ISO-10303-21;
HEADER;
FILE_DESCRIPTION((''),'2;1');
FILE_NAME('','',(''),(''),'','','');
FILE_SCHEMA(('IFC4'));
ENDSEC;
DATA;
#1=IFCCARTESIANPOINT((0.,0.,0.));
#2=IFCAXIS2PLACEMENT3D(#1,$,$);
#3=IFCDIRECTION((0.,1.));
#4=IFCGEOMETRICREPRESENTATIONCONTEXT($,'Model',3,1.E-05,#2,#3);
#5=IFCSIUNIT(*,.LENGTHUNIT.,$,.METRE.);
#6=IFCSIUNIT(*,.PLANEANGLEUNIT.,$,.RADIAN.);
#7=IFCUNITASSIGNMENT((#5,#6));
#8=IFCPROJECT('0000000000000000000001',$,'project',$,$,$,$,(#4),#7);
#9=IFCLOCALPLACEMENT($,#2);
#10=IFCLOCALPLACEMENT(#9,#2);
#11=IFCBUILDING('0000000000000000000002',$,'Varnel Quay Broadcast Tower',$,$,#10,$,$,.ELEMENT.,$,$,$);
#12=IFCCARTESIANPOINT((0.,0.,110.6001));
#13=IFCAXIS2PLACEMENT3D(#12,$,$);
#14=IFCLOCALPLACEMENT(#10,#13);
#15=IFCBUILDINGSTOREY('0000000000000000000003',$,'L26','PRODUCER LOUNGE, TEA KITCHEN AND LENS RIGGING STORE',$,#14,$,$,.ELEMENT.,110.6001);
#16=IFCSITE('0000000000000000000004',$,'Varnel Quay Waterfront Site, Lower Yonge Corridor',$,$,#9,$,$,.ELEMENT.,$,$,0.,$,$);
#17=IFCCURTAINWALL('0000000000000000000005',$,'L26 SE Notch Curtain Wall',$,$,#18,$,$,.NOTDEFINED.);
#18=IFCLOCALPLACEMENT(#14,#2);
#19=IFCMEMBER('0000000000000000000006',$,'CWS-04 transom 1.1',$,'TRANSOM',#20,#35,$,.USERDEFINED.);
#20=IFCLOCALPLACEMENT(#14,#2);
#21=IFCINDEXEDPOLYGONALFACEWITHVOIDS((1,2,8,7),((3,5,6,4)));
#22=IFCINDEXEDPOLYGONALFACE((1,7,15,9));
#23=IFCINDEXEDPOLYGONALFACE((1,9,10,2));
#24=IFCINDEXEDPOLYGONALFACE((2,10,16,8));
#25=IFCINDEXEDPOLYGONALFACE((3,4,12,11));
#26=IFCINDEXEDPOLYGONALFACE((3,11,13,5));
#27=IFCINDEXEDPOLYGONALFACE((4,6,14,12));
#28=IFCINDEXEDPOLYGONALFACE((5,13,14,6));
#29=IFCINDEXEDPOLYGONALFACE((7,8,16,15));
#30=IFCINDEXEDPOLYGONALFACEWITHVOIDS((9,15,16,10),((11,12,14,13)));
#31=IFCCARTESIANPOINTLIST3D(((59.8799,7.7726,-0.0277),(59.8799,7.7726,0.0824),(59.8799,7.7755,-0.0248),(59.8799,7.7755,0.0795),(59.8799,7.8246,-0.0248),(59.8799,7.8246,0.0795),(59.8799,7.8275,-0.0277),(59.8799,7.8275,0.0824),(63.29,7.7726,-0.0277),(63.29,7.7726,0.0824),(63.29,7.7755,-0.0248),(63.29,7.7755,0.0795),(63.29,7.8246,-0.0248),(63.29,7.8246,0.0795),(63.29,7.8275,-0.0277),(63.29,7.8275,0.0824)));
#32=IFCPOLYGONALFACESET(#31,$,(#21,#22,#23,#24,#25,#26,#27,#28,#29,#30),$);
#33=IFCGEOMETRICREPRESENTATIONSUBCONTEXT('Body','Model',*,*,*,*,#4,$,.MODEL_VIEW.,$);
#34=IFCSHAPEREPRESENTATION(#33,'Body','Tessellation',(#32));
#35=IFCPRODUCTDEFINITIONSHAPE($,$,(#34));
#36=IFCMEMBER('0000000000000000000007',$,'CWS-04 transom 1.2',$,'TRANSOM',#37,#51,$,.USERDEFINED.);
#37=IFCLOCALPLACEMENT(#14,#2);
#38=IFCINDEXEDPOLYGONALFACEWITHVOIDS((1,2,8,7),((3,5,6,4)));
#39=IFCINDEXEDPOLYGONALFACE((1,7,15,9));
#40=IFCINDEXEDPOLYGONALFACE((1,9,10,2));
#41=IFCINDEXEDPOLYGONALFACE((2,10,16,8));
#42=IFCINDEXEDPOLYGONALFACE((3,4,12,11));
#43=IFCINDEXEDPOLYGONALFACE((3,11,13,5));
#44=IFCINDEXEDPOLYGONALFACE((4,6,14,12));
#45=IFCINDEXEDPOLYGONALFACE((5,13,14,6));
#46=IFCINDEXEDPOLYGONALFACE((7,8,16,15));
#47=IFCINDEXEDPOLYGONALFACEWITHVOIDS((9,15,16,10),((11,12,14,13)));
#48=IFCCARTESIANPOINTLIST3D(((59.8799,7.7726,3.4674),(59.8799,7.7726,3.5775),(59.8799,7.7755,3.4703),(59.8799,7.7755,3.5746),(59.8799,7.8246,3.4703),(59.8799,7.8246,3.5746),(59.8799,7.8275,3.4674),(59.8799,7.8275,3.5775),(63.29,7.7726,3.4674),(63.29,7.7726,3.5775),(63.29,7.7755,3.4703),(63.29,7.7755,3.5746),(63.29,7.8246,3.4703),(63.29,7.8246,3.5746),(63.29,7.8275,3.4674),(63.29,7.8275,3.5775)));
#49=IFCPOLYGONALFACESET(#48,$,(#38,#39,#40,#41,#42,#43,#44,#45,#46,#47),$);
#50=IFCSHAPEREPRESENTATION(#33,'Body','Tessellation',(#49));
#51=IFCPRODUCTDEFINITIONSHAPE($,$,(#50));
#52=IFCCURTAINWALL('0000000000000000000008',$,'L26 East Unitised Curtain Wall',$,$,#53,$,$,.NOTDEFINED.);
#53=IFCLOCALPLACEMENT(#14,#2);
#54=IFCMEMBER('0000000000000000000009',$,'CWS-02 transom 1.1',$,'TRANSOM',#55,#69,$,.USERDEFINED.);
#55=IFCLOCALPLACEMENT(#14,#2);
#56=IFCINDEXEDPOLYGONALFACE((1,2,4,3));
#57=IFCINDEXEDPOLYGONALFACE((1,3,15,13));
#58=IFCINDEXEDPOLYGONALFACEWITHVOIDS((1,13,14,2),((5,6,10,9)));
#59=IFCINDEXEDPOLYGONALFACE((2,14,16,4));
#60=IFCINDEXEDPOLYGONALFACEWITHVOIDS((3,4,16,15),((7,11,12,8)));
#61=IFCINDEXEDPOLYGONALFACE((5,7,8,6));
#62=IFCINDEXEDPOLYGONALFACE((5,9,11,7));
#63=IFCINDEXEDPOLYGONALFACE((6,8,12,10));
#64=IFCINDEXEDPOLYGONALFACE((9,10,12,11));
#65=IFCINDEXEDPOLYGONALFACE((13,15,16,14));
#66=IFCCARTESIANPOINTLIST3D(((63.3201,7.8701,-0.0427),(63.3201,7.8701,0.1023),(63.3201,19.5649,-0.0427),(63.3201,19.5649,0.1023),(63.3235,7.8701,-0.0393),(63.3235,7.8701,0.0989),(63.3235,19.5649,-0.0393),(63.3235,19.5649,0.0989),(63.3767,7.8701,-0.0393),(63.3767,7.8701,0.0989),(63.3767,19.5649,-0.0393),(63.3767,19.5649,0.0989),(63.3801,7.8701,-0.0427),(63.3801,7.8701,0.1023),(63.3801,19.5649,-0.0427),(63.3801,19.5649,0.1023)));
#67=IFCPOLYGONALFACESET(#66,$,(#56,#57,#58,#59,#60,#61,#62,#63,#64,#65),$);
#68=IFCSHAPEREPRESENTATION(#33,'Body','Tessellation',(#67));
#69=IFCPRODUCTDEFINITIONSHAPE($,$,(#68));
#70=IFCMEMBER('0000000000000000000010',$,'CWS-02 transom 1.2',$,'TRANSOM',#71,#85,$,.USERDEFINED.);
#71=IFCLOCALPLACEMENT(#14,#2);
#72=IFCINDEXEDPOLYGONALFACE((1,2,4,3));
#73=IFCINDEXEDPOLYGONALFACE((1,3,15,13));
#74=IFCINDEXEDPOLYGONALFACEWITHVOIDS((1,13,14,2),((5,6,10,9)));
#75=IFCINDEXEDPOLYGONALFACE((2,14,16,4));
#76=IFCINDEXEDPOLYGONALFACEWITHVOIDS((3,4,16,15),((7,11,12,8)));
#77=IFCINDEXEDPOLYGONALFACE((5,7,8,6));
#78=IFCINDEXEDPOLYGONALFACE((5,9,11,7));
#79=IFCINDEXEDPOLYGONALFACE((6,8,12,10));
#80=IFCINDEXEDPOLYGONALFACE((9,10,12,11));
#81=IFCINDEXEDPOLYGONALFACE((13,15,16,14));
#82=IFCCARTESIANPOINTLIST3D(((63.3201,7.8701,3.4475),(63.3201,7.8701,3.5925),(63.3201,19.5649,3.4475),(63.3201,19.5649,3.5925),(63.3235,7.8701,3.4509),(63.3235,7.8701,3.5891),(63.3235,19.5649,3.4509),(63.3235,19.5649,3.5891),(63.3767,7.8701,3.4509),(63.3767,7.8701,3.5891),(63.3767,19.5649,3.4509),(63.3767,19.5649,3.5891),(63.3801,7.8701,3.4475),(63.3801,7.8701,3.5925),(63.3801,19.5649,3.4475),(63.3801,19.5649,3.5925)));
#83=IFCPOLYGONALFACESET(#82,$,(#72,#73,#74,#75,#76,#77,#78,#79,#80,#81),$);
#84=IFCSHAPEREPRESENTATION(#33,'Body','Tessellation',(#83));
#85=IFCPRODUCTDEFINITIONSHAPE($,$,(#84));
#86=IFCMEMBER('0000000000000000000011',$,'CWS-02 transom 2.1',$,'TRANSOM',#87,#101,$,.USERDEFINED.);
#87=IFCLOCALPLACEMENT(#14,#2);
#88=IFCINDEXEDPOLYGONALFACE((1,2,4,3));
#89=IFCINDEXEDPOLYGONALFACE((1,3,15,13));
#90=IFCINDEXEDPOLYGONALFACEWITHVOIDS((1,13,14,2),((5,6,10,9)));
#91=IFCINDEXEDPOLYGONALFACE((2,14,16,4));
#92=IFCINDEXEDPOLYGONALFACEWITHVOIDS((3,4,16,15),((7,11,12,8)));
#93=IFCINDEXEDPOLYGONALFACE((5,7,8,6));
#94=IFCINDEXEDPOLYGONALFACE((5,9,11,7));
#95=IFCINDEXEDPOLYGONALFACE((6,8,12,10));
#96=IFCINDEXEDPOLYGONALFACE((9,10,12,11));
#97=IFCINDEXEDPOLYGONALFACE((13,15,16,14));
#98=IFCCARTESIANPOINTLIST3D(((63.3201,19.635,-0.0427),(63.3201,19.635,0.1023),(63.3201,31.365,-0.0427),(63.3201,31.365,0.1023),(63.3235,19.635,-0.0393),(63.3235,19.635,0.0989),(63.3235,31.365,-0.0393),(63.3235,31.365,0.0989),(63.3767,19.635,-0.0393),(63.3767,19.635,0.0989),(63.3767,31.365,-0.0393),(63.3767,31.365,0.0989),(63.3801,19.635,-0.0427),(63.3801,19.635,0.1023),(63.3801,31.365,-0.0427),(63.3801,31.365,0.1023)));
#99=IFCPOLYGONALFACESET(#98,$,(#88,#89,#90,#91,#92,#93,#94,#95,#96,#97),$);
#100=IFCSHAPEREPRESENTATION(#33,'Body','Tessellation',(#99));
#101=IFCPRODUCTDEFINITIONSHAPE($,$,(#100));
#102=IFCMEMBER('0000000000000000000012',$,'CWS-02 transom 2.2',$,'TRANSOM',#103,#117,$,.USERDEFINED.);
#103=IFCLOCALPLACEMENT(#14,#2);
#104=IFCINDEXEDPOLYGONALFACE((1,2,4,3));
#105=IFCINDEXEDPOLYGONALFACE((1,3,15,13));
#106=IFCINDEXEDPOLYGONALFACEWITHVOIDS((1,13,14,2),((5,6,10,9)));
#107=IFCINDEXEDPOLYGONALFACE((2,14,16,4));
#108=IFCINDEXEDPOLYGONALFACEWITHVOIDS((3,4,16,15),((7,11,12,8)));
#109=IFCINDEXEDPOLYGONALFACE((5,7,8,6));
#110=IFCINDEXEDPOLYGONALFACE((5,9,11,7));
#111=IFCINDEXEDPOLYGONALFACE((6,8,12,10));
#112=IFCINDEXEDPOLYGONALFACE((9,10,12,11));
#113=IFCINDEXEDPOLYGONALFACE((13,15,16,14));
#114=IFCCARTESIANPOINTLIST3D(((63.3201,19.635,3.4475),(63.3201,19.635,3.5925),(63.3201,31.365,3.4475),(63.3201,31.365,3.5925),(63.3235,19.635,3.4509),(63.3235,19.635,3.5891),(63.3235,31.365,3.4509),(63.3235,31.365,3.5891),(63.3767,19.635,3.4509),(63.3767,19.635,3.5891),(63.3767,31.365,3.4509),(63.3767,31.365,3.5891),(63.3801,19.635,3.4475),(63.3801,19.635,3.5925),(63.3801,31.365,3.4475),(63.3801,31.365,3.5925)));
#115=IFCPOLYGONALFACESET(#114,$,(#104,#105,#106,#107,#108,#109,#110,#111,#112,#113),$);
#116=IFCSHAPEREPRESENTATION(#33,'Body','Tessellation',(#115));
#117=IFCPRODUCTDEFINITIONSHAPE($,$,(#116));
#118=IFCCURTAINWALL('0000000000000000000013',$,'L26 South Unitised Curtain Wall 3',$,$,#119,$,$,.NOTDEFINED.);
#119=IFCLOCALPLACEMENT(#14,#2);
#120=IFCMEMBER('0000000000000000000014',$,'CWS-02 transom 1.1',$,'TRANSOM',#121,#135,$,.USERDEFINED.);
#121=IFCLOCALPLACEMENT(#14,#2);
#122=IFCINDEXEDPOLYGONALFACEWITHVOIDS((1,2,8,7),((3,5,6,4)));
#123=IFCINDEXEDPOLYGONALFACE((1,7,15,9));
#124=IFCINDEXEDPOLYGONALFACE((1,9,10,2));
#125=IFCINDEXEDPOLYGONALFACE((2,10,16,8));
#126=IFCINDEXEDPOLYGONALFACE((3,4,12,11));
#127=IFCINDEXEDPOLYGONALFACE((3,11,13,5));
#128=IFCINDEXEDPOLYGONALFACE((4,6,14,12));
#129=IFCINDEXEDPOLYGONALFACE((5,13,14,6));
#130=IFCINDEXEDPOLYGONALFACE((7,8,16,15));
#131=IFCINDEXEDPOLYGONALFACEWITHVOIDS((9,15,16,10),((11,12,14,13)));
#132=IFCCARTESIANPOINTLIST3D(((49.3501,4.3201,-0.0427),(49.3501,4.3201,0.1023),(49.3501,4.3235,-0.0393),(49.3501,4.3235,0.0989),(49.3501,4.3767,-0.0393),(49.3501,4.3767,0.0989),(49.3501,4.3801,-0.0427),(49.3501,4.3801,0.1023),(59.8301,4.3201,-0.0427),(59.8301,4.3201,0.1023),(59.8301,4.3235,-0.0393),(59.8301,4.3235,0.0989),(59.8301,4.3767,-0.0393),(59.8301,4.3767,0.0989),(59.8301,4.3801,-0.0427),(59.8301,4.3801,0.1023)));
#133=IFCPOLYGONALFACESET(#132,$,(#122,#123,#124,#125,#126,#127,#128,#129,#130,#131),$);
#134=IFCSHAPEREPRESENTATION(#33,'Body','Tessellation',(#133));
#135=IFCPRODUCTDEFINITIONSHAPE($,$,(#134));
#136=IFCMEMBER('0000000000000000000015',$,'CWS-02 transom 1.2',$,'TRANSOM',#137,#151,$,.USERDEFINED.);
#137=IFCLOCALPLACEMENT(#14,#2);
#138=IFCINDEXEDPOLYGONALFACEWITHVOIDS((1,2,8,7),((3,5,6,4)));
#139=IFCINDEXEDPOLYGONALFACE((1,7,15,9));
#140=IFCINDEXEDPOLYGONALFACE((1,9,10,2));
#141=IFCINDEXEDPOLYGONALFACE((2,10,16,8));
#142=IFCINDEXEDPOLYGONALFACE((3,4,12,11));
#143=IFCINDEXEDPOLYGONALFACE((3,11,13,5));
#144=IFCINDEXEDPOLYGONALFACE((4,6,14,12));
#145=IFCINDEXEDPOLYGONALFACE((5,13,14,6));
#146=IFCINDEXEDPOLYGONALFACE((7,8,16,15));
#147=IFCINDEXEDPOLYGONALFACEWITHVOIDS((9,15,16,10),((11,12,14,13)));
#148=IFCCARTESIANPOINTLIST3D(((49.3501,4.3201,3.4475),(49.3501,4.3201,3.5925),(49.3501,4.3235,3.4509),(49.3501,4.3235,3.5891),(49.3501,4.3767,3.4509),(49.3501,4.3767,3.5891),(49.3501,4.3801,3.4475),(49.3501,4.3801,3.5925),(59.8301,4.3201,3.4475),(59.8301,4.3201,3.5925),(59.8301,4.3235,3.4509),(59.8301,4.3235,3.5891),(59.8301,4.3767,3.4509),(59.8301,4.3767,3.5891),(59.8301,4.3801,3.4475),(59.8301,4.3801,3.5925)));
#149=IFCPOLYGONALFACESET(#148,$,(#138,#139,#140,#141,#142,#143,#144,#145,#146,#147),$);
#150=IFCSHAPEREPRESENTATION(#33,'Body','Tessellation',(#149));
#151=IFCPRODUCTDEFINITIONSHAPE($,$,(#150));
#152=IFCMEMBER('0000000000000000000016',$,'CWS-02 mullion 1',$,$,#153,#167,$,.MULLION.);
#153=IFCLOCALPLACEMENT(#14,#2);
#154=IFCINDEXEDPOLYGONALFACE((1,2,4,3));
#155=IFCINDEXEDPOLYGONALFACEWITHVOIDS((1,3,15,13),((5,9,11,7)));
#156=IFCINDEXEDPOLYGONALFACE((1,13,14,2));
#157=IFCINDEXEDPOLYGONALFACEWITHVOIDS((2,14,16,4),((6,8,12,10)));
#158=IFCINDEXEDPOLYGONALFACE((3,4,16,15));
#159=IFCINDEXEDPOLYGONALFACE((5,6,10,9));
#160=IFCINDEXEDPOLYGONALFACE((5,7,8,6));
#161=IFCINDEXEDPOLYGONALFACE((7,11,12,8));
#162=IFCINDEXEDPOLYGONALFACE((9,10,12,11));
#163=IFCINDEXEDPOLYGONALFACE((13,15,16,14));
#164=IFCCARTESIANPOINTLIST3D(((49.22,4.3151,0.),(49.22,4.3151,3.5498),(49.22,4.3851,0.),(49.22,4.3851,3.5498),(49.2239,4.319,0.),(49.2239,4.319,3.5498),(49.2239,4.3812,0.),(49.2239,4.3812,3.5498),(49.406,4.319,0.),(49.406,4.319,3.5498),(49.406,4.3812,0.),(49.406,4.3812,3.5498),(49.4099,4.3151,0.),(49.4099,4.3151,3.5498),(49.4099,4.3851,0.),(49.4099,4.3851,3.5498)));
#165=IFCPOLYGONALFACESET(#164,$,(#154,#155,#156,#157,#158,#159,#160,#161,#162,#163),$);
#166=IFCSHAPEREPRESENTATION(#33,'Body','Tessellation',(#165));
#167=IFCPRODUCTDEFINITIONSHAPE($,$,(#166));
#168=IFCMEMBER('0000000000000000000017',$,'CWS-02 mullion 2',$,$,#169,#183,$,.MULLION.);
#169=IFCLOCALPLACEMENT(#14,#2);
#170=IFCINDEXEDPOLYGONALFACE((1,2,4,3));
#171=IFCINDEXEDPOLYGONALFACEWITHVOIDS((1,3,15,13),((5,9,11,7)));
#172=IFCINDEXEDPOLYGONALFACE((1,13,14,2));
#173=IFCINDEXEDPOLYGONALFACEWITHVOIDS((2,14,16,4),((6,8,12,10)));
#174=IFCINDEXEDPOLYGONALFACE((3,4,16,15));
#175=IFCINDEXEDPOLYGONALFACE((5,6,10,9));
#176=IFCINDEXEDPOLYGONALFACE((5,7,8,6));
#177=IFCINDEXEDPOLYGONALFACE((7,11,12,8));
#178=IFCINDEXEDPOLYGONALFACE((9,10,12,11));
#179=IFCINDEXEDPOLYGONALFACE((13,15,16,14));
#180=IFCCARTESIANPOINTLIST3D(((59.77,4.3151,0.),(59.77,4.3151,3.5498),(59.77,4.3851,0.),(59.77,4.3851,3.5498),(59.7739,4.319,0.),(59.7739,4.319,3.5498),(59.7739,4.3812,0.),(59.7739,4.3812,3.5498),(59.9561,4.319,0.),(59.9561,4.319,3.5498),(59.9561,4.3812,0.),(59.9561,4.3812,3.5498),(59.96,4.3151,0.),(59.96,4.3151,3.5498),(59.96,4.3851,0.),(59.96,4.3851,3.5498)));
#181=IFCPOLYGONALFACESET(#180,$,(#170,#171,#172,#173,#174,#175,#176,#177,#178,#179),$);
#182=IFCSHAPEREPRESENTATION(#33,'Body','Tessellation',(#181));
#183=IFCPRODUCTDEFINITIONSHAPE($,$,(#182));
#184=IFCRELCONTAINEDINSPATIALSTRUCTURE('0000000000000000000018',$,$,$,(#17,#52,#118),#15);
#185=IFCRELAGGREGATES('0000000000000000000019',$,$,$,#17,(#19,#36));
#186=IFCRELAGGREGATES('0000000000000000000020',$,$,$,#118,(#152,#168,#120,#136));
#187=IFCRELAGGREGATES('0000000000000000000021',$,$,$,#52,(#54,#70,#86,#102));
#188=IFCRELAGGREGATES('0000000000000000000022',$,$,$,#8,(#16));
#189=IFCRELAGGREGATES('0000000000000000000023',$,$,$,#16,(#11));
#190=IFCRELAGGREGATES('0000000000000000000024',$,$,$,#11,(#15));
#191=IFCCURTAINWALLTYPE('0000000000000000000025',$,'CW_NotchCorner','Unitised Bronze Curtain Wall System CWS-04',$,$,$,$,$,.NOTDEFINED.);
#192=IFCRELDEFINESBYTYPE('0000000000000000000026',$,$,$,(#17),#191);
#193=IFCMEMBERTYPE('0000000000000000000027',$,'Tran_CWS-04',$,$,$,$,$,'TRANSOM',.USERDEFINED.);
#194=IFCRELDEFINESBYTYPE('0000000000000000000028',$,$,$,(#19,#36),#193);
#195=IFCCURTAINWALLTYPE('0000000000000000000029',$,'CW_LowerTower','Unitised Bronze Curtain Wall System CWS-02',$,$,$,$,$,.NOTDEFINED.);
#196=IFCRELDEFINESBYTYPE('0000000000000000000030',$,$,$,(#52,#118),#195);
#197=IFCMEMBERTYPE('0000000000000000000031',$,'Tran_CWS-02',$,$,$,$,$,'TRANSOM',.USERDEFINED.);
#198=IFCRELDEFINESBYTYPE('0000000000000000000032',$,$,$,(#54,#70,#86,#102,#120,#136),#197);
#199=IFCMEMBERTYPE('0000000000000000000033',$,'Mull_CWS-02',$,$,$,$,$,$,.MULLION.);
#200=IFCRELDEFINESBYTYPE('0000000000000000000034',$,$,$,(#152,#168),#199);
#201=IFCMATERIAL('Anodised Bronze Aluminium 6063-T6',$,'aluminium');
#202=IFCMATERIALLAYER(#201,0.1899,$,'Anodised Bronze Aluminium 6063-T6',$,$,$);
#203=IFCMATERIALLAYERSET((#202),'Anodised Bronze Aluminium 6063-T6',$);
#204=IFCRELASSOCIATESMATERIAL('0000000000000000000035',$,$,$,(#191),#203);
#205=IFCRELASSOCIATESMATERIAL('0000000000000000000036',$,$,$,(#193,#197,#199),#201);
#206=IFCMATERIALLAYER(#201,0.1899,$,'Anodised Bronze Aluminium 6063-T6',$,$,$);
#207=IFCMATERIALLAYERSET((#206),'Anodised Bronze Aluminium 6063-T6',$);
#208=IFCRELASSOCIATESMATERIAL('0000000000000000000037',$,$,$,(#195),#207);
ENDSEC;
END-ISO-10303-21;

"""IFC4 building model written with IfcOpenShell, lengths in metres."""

from ifc_helpers import new_model, si_unit, direction, frame, origin, origin_2d, place, context, subcontext, project, spatial, hollow_rectangle, extrude, source, transform, mapped, material, layer, layer_set, material_profile, profile_set, type_object, type_shapes, element, aggregate, save


model = new_model("IFC4")

# Units and contexts
model_context = context("Model", 3, precision=1e-05, world=origin(), true_north=direction((0.0, 1.0)))
body_context = subcontext(model_context, "Body", "Model", "MODEL_VIEW")
ifc_project = project(units=[si_unit("LENGTHUNIT", "METRE"), si_unit("PLANEANGLEUNIT", "RADIAN")], contexts=[model_context])

# Site, building, storey
site_placement = place(None, origin())
site = spatial("IfcSite", under=ifc_project, at=site_placement, Name="Varnel Quay Waterfront Site, Lower Yonge Corridor", CompositionType="ELEMENT", RefElevation=0.0)
building_placement = place(site_placement, origin())
building = spatial("IfcBuilding", under=site, at=building_placement, Name="Varnel Quay Broadcast Tower", CompositionType="ELEMENT")
storey_placement = place(building_placement, frame((0.0, 0.0, 110.6001)))
storey = spatial("IfcBuildingStorey", under=building, at=storey_placement, Name="L26", Description="PRODUCER LOUNGE, TEA KITCHEN AND LENS RIGGING STORE", CompositionType="ELEMENT", Elevation=110.6001)

# Curtain walls, members
ifc_material_1 = material(Name="Anodised Bronze Aluminium 6063-T6", Category="aluminium")
ifc_layer_1 = layer(ifc_material_1, 0.1899, Name="Anodised Bronze Aluminium 6063-T6")
ifc_layer_set_1 = layer_set([ifc_layer_1], Name="Anodised Bronze Aluminium 6063-T6")
curtain_wall_type_1 = type_object("IfcCurtainWallType", Name="CW_NotchCorner", Description="Unitised Bronze Curtain Wall System CWS-04", PredefinedType="NOTDEFINED", material=ifc_layer_set_1)
curtain_wall_1_placement = place(storey_placement, origin())
curtain_wall_1 = element("IfcCurtainWall", 1, at=curtain_wall_1_placement, inside=storey, type_object=curtain_wall_type_1, Name="L26 SE Notch Curtain Wall", PredefinedType="NOTDEFINED")
ifc_material_profile_1 = material_profile(ifc_material_1, hollow_rectangle(XDim=0.0549, YDim=0.1101, WallThickness=0.0029, at=origin_2d()), Name="ALU55X110X3")
ifc_profile_set_1 = profile_set([ifc_material_profile_1], Name="Anodised Bronze Aluminium 6063-T6")
member_type_1 = type_object("IfcMemberType", Name="Tran_CWS-04", ElementType="TRANSOM", PredefinedType="USERDEFINED", material=ifc_profile_set_1)
shared_shape_1 = source(origin(), body_context, "Body", "SweptSolid", [
    extrude(hollow_rectangle(XDim=0.0549, YDim=0.1101, WallThickness=0.0029, at=origin_2d()), origin(), (0.0, 0.0, 1.0), 3.4102),
])
type_shapes(member_type_1, [shared_shape_1])
member_1_placement = place(storey_placement, frame((59.8799, 7.8, 0.0273), z_axis=(1.0, 0.0, 0.0), x_axis=(0.0, 1.0, 0.0)))
member_1 = element("IfcMember", 2, at=member_1_placement, type_object=member_type_1, Name="CWS-04 transom 1.1", ObjectType="TRANSOM", PredefinedType="USERDEFINED", context=body_context, shape_type="MappedRepresentation", body=[
    mapped(shared_shape_1, transform((0.0, 0.0, 0.0), x_axis=(1.0, 0.0, 0.0), y_axis=(0.0, 1.0, 0.0), z_axis=(0.0, 0.0, 1.0), scale=1.0)),
])
member_2_placement = place(storey_placement, frame((59.8799, 7.8, 3.5225), z_axis=(1.0, 0.0, 0.0), x_axis=(0.0, 1.0, 0.0)))
member_2 = element("IfcMember", 3, at=member_2_placement, type_object=member_type_1, Name="CWS-04 transom 1.2", ObjectType="TRANSOM", PredefinedType="USERDEFINED", context=body_context, shape_type="MappedRepresentation", body=[
    mapped(shared_shape_1, transform((0.0, 0.0, 0.0), x_axis=(1.0, 0.0, 0.0), y_axis=(0.0, 1.0, 0.0), z_axis=(0.0, 0.0, 1.0), scale=1.0)),
])
ifc_layer_2 = layer(ifc_material_1, 0.1899, Name="Anodised Bronze Aluminium 6063-T6")
ifc_layer_set_2 = layer_set([ifc_layer_2], Name="Anodised Bronze Aluminium 6063-T6")
curtain_wall_type_2 = type_object("IfcCurtainWallType", Name="CW_LowerTower", Description="Unitised Bronze Curtain Wall System CWS-02", PredefinedType="NOTDEFINED", material=ifc_layer_set_2)
curtain_wall_2_placement = place(storey_placement, origin())
curtain_wall_2 = element("IfcCurtainWall", 4, at=curtain_wall_2_placement, inside=storey, type_object=curtain_wall_type_2, Name="L26 East Unitised Curtain Wall", PredefinedType="NOTDEFINED")
ifc_material_profile_2 = material_profile(ifc_material_1, hollow_rectangle(XDim=0.0601, YDim=0.145, WallThickness=0.0034, at=origin_2d()), Name="ALU60X145X3.5")
ifc_profile_set_2 = profile_set([ifc_material_profile_2], Name="Anodised Bronze Aluminium 6063-T6")
member_type_2 = type_object("IfcMemberType", Name="Tran_CWS-02", ElementType="TRANSOM", PredefinedType="USERDEFINED", material=ifc_profile_set_2)
shared_shape_2 = source(origin(), body_context, "Body", "SweptSolid", [
    extrude(hollow_rectangle(XDim=0.0601, YDim=0.145, WallThickness=0.0034, at=origin_2d()), origin(), (0.0, 0.0, 1.0), 11.6948),
])
member_3_placement = place(storey_placement, frame((63.3501, 7.8701, 0.0298), z_axis=(0.0, 1.0, 0.0), x_axis=(-1.0, 0.0, 0.0)))
member_3 = element("IfcMember", 5, at=member_3_placement, type_object=member_type_2, Name="CWS-02 transom 1.1", ObjectType="TRANSOM", PredefinedType="USERDEFINED", context=body_context, shape_type="MappedRepresentation", body=[
    mapped(shared_shape_2, transform((0.0, 0.0, 0.0), x_axis=(1.0, 0.0, 0.0), y_axis=(0.0, 1.0, 0.0), z_axis=(0.0, 0.0, 1.0), scale=1.0)),
])
member_4_placement = place(storey_placement, frame((63.3501, 7.8701, 3.52), z_axis=(0.0, 1.0, 0.0), x_axis=(-1.0, 0.0, 0.0)))
member_4 = element("IfcMember", 6, at=member_4_placement, type_object=member_type_2, Name="CWS-02 transom 1.2", ObjectType="TRANSOM", PredefinedType="USERDEFINED", context=body_context, shape_type="MappedRepresentation", body=[
    mapped(shared_shape_2, transform((0.0, 0.0, 0.0), x_axis=(1.0, 0.0, 0.0), y_axis=(0.0, 1.0, 0.0), z_axis=(0.0, 0.0, 1.0), scale=1.0)),
])
shared_shape_3 = source(origin(), body_context, "Body", "SweptSolid", [
    extrude(hollow_rectangle(XDim=0.0601, YDim=0.145, WallThickness=0.0034, at=origin_2d()), origin(), (0.0, 0.0, 1.0), 11.73),
])
member_5_placement = place(storey_placement, frame((63.3501, 19.635, 0.0298), z_axis=(0.0, 1.0, 0.0), x_axis=(-1.0, 0.0, 0.0)))
member_5 = element("IfcMember", 7, at=member_5_placement, type_object=member_type_2, Name="CWS-02 transom 2.1", ObjectType="TRANSOM", PredefinedType="USERDEFINED", context=body_context, shape_type="MappedRepresentation", body=[
    mapped(shared_shape_3, transform((0.0, 0.0, 0.0), x_axis=(1.0, 0.0, 0.0), y_axis=(0.0, 1.0, 0.0), z_axis=(0.0, 0.0, 1.0), scale=1.0)),
])
member_6_placement = place(storey_placement, frame((63.3501, 19.635, 3.52), z_axis=(0.0, 1.0, 0.0), x_axis=(-1.0, 0.0, 0.0)))
member_6 = element("IfcMember", 8, at=member_6_placement, type_object=member_type_2, Name="CWS-02 transom 2.2", ObjectType="TRANSOM", PredefinedType="USERDEFINED", context=body_context, shape_type="MappedRepresentation", body=[
    mapped(shared_shape_3, transform((0.0, 0.0, 0.0), x_axis=(1.0, 0.0, 0.0), y_axis=(0.0, 1.0, 0.0), z_axis=(0.0, 0.0, 1.0), scale=1.0)),
])
curtain_wall_3_placement = place(storey_placement, origin())
curtain_wall_3 = element("IfcCurtainWall", 9, at=curtain_wall_3_placement, inside=storey, type_object=curtain_wall_type_2, Name="L26 South Unitised Curtain Wall 3", PredefinedType="NOTDEFINED")
shared_shape_4 = source(origin(), body_context, "Body", "SweptSolid", [
    extrude(hollow_rectangle(XDim=0.0601, YDim=0.145, WallThickness=0.0034, at=origin_2d()), origin(), (0.0, 0.0, 1.0), 10.48),
])
type_shapes(member_type_2, [shared_shape_2, shared_shape_3, shared_shape_4])
member_7_placement = place(storey_placement, frame((49.3501, 4.3501, 0.0298), z_axis=(1.0, 0.0, 0.0), x_axis=(0.0, 1.0, 0.0)))
member_7 = element("IfcMember", 10, at=member_7_placement, type_object=member_type_2, Name="CWS-02 transom 1.1", ObjectType="TRANSOM", PredefinedType="USERDEFINED", context=body_context, shape_type="MappedRepresentation", body=[
    mapped(shared_shape_4, transform((0.0, 0.0, 0.0), x_axis=(1.0, 0.0, 0.0), y_axis=(0.0, 1.0, 0.0), z_axis=(0.0, 0.0, 1.0), scale=1.0)),
])
member_8_placement = place(storey_placement, frame((49.3501, 4.3501, 3.52), z_axis=(1.0, 0.0, 0.0), x_axis=(0.0, 1.0, 0.0)))
member_8 = element("IfcMember", 11, at=member_8_placement, type_object=member_type_2, Name="CWS-02 transom 1.2", ObjectType="TRANSOM", PredefinedType="USERDEFINED", context=body_context, shape_type="MappedRepresentation", body=[
    mapped(shared_shape_4, transform((0.0, 0.0, 0.0), x_axis=(1.0, 0.0, 0.0), y_axis=(0.0, 1.0, 0.0), z_axis=(0.0, 0.0, 1.0), scale=1.0)),
])
ifc_material_profile_3 = material_profile(ifc_material_1, hollow_rectangle(XDim=0.0701, YDim=0.1899, WallThickness=0.0039, at=origin_2d()), Name="ALU70X190X4")
ifc_profile_set_3 = profile_set([ifc_material_profile_3], Name="Anodised Bronze Aluminium 6063-T6")
member_type_3 = type_object("IfcMemberType", Name="Mull_CWS-02", PredefinedType="MULLION", material=ifc_profile_set_3)
shared_shape_5 = source(origin(), body_context, "Body", "SweptSolid", [
    extrude(hollow_rectangle(XDim=0.0701, YDim=0.1899, WallThickness=0.0039, at=origin_2d()), origin(), (0.0, 0.0, 1.0), 3.5498),
])
type_shapes(member_type_3, [shared_shape_5])
member_9_placement = place(storey_placement, frame((49.3149, 4.3501, 0.0), z_axis=(0.0, 0.0, 1.0), x_axis=(0.0, 1.0, 0.0)))
member_9 = element("IfcMember", 12, at=member_9_placement, type_object=member_type_3, Name="CWS-02 mullion 1", PredefinedType="MULLION", context=body_context, shape_type="MappedRepresentation", body=[
    mapped(shared_shape_5, transform((0.0, 0.0, 0.0), x_axis=(1.0, 0.0, 0.0), y_axis=(0.0, 1.0, 0.0), z_axis=(0.0, 0.0, 1.0), scale=1.0)),
])
member_10_placement = place(storey_placement, frame((59.865, 4.3501, 0.0), z_axis=(0.0, 0.0, 1.0), x_axis=(0.0, 1.0, 0.0)))
member_10 = element("IfcMember", 13, at=member_10_placement, type_object=member_type_3, Name="CWS-02 mullion 2", PredefinedType="MULLION", context=body_context, shape_type="MappedRepresentation", body=[
    mapped(shared_shape_5, transform((0.0, 0.0, 0.0), x_axis=(1.0, 0.0, 0.0), y_axis=(0.0, 1.0, 0.0), z_axis=(0.0, 0.0, 1.0), scale=1.0)),
])

aggregate(curtain_wall_1, [member_1, member_2])
aggregate(curtain_wall_3, [member_9, member_10, member_7, member_8])
aggregate(curtain_wall_2, [member_3, member_4, member_5, member_6])

save(model, "model.ifc")
